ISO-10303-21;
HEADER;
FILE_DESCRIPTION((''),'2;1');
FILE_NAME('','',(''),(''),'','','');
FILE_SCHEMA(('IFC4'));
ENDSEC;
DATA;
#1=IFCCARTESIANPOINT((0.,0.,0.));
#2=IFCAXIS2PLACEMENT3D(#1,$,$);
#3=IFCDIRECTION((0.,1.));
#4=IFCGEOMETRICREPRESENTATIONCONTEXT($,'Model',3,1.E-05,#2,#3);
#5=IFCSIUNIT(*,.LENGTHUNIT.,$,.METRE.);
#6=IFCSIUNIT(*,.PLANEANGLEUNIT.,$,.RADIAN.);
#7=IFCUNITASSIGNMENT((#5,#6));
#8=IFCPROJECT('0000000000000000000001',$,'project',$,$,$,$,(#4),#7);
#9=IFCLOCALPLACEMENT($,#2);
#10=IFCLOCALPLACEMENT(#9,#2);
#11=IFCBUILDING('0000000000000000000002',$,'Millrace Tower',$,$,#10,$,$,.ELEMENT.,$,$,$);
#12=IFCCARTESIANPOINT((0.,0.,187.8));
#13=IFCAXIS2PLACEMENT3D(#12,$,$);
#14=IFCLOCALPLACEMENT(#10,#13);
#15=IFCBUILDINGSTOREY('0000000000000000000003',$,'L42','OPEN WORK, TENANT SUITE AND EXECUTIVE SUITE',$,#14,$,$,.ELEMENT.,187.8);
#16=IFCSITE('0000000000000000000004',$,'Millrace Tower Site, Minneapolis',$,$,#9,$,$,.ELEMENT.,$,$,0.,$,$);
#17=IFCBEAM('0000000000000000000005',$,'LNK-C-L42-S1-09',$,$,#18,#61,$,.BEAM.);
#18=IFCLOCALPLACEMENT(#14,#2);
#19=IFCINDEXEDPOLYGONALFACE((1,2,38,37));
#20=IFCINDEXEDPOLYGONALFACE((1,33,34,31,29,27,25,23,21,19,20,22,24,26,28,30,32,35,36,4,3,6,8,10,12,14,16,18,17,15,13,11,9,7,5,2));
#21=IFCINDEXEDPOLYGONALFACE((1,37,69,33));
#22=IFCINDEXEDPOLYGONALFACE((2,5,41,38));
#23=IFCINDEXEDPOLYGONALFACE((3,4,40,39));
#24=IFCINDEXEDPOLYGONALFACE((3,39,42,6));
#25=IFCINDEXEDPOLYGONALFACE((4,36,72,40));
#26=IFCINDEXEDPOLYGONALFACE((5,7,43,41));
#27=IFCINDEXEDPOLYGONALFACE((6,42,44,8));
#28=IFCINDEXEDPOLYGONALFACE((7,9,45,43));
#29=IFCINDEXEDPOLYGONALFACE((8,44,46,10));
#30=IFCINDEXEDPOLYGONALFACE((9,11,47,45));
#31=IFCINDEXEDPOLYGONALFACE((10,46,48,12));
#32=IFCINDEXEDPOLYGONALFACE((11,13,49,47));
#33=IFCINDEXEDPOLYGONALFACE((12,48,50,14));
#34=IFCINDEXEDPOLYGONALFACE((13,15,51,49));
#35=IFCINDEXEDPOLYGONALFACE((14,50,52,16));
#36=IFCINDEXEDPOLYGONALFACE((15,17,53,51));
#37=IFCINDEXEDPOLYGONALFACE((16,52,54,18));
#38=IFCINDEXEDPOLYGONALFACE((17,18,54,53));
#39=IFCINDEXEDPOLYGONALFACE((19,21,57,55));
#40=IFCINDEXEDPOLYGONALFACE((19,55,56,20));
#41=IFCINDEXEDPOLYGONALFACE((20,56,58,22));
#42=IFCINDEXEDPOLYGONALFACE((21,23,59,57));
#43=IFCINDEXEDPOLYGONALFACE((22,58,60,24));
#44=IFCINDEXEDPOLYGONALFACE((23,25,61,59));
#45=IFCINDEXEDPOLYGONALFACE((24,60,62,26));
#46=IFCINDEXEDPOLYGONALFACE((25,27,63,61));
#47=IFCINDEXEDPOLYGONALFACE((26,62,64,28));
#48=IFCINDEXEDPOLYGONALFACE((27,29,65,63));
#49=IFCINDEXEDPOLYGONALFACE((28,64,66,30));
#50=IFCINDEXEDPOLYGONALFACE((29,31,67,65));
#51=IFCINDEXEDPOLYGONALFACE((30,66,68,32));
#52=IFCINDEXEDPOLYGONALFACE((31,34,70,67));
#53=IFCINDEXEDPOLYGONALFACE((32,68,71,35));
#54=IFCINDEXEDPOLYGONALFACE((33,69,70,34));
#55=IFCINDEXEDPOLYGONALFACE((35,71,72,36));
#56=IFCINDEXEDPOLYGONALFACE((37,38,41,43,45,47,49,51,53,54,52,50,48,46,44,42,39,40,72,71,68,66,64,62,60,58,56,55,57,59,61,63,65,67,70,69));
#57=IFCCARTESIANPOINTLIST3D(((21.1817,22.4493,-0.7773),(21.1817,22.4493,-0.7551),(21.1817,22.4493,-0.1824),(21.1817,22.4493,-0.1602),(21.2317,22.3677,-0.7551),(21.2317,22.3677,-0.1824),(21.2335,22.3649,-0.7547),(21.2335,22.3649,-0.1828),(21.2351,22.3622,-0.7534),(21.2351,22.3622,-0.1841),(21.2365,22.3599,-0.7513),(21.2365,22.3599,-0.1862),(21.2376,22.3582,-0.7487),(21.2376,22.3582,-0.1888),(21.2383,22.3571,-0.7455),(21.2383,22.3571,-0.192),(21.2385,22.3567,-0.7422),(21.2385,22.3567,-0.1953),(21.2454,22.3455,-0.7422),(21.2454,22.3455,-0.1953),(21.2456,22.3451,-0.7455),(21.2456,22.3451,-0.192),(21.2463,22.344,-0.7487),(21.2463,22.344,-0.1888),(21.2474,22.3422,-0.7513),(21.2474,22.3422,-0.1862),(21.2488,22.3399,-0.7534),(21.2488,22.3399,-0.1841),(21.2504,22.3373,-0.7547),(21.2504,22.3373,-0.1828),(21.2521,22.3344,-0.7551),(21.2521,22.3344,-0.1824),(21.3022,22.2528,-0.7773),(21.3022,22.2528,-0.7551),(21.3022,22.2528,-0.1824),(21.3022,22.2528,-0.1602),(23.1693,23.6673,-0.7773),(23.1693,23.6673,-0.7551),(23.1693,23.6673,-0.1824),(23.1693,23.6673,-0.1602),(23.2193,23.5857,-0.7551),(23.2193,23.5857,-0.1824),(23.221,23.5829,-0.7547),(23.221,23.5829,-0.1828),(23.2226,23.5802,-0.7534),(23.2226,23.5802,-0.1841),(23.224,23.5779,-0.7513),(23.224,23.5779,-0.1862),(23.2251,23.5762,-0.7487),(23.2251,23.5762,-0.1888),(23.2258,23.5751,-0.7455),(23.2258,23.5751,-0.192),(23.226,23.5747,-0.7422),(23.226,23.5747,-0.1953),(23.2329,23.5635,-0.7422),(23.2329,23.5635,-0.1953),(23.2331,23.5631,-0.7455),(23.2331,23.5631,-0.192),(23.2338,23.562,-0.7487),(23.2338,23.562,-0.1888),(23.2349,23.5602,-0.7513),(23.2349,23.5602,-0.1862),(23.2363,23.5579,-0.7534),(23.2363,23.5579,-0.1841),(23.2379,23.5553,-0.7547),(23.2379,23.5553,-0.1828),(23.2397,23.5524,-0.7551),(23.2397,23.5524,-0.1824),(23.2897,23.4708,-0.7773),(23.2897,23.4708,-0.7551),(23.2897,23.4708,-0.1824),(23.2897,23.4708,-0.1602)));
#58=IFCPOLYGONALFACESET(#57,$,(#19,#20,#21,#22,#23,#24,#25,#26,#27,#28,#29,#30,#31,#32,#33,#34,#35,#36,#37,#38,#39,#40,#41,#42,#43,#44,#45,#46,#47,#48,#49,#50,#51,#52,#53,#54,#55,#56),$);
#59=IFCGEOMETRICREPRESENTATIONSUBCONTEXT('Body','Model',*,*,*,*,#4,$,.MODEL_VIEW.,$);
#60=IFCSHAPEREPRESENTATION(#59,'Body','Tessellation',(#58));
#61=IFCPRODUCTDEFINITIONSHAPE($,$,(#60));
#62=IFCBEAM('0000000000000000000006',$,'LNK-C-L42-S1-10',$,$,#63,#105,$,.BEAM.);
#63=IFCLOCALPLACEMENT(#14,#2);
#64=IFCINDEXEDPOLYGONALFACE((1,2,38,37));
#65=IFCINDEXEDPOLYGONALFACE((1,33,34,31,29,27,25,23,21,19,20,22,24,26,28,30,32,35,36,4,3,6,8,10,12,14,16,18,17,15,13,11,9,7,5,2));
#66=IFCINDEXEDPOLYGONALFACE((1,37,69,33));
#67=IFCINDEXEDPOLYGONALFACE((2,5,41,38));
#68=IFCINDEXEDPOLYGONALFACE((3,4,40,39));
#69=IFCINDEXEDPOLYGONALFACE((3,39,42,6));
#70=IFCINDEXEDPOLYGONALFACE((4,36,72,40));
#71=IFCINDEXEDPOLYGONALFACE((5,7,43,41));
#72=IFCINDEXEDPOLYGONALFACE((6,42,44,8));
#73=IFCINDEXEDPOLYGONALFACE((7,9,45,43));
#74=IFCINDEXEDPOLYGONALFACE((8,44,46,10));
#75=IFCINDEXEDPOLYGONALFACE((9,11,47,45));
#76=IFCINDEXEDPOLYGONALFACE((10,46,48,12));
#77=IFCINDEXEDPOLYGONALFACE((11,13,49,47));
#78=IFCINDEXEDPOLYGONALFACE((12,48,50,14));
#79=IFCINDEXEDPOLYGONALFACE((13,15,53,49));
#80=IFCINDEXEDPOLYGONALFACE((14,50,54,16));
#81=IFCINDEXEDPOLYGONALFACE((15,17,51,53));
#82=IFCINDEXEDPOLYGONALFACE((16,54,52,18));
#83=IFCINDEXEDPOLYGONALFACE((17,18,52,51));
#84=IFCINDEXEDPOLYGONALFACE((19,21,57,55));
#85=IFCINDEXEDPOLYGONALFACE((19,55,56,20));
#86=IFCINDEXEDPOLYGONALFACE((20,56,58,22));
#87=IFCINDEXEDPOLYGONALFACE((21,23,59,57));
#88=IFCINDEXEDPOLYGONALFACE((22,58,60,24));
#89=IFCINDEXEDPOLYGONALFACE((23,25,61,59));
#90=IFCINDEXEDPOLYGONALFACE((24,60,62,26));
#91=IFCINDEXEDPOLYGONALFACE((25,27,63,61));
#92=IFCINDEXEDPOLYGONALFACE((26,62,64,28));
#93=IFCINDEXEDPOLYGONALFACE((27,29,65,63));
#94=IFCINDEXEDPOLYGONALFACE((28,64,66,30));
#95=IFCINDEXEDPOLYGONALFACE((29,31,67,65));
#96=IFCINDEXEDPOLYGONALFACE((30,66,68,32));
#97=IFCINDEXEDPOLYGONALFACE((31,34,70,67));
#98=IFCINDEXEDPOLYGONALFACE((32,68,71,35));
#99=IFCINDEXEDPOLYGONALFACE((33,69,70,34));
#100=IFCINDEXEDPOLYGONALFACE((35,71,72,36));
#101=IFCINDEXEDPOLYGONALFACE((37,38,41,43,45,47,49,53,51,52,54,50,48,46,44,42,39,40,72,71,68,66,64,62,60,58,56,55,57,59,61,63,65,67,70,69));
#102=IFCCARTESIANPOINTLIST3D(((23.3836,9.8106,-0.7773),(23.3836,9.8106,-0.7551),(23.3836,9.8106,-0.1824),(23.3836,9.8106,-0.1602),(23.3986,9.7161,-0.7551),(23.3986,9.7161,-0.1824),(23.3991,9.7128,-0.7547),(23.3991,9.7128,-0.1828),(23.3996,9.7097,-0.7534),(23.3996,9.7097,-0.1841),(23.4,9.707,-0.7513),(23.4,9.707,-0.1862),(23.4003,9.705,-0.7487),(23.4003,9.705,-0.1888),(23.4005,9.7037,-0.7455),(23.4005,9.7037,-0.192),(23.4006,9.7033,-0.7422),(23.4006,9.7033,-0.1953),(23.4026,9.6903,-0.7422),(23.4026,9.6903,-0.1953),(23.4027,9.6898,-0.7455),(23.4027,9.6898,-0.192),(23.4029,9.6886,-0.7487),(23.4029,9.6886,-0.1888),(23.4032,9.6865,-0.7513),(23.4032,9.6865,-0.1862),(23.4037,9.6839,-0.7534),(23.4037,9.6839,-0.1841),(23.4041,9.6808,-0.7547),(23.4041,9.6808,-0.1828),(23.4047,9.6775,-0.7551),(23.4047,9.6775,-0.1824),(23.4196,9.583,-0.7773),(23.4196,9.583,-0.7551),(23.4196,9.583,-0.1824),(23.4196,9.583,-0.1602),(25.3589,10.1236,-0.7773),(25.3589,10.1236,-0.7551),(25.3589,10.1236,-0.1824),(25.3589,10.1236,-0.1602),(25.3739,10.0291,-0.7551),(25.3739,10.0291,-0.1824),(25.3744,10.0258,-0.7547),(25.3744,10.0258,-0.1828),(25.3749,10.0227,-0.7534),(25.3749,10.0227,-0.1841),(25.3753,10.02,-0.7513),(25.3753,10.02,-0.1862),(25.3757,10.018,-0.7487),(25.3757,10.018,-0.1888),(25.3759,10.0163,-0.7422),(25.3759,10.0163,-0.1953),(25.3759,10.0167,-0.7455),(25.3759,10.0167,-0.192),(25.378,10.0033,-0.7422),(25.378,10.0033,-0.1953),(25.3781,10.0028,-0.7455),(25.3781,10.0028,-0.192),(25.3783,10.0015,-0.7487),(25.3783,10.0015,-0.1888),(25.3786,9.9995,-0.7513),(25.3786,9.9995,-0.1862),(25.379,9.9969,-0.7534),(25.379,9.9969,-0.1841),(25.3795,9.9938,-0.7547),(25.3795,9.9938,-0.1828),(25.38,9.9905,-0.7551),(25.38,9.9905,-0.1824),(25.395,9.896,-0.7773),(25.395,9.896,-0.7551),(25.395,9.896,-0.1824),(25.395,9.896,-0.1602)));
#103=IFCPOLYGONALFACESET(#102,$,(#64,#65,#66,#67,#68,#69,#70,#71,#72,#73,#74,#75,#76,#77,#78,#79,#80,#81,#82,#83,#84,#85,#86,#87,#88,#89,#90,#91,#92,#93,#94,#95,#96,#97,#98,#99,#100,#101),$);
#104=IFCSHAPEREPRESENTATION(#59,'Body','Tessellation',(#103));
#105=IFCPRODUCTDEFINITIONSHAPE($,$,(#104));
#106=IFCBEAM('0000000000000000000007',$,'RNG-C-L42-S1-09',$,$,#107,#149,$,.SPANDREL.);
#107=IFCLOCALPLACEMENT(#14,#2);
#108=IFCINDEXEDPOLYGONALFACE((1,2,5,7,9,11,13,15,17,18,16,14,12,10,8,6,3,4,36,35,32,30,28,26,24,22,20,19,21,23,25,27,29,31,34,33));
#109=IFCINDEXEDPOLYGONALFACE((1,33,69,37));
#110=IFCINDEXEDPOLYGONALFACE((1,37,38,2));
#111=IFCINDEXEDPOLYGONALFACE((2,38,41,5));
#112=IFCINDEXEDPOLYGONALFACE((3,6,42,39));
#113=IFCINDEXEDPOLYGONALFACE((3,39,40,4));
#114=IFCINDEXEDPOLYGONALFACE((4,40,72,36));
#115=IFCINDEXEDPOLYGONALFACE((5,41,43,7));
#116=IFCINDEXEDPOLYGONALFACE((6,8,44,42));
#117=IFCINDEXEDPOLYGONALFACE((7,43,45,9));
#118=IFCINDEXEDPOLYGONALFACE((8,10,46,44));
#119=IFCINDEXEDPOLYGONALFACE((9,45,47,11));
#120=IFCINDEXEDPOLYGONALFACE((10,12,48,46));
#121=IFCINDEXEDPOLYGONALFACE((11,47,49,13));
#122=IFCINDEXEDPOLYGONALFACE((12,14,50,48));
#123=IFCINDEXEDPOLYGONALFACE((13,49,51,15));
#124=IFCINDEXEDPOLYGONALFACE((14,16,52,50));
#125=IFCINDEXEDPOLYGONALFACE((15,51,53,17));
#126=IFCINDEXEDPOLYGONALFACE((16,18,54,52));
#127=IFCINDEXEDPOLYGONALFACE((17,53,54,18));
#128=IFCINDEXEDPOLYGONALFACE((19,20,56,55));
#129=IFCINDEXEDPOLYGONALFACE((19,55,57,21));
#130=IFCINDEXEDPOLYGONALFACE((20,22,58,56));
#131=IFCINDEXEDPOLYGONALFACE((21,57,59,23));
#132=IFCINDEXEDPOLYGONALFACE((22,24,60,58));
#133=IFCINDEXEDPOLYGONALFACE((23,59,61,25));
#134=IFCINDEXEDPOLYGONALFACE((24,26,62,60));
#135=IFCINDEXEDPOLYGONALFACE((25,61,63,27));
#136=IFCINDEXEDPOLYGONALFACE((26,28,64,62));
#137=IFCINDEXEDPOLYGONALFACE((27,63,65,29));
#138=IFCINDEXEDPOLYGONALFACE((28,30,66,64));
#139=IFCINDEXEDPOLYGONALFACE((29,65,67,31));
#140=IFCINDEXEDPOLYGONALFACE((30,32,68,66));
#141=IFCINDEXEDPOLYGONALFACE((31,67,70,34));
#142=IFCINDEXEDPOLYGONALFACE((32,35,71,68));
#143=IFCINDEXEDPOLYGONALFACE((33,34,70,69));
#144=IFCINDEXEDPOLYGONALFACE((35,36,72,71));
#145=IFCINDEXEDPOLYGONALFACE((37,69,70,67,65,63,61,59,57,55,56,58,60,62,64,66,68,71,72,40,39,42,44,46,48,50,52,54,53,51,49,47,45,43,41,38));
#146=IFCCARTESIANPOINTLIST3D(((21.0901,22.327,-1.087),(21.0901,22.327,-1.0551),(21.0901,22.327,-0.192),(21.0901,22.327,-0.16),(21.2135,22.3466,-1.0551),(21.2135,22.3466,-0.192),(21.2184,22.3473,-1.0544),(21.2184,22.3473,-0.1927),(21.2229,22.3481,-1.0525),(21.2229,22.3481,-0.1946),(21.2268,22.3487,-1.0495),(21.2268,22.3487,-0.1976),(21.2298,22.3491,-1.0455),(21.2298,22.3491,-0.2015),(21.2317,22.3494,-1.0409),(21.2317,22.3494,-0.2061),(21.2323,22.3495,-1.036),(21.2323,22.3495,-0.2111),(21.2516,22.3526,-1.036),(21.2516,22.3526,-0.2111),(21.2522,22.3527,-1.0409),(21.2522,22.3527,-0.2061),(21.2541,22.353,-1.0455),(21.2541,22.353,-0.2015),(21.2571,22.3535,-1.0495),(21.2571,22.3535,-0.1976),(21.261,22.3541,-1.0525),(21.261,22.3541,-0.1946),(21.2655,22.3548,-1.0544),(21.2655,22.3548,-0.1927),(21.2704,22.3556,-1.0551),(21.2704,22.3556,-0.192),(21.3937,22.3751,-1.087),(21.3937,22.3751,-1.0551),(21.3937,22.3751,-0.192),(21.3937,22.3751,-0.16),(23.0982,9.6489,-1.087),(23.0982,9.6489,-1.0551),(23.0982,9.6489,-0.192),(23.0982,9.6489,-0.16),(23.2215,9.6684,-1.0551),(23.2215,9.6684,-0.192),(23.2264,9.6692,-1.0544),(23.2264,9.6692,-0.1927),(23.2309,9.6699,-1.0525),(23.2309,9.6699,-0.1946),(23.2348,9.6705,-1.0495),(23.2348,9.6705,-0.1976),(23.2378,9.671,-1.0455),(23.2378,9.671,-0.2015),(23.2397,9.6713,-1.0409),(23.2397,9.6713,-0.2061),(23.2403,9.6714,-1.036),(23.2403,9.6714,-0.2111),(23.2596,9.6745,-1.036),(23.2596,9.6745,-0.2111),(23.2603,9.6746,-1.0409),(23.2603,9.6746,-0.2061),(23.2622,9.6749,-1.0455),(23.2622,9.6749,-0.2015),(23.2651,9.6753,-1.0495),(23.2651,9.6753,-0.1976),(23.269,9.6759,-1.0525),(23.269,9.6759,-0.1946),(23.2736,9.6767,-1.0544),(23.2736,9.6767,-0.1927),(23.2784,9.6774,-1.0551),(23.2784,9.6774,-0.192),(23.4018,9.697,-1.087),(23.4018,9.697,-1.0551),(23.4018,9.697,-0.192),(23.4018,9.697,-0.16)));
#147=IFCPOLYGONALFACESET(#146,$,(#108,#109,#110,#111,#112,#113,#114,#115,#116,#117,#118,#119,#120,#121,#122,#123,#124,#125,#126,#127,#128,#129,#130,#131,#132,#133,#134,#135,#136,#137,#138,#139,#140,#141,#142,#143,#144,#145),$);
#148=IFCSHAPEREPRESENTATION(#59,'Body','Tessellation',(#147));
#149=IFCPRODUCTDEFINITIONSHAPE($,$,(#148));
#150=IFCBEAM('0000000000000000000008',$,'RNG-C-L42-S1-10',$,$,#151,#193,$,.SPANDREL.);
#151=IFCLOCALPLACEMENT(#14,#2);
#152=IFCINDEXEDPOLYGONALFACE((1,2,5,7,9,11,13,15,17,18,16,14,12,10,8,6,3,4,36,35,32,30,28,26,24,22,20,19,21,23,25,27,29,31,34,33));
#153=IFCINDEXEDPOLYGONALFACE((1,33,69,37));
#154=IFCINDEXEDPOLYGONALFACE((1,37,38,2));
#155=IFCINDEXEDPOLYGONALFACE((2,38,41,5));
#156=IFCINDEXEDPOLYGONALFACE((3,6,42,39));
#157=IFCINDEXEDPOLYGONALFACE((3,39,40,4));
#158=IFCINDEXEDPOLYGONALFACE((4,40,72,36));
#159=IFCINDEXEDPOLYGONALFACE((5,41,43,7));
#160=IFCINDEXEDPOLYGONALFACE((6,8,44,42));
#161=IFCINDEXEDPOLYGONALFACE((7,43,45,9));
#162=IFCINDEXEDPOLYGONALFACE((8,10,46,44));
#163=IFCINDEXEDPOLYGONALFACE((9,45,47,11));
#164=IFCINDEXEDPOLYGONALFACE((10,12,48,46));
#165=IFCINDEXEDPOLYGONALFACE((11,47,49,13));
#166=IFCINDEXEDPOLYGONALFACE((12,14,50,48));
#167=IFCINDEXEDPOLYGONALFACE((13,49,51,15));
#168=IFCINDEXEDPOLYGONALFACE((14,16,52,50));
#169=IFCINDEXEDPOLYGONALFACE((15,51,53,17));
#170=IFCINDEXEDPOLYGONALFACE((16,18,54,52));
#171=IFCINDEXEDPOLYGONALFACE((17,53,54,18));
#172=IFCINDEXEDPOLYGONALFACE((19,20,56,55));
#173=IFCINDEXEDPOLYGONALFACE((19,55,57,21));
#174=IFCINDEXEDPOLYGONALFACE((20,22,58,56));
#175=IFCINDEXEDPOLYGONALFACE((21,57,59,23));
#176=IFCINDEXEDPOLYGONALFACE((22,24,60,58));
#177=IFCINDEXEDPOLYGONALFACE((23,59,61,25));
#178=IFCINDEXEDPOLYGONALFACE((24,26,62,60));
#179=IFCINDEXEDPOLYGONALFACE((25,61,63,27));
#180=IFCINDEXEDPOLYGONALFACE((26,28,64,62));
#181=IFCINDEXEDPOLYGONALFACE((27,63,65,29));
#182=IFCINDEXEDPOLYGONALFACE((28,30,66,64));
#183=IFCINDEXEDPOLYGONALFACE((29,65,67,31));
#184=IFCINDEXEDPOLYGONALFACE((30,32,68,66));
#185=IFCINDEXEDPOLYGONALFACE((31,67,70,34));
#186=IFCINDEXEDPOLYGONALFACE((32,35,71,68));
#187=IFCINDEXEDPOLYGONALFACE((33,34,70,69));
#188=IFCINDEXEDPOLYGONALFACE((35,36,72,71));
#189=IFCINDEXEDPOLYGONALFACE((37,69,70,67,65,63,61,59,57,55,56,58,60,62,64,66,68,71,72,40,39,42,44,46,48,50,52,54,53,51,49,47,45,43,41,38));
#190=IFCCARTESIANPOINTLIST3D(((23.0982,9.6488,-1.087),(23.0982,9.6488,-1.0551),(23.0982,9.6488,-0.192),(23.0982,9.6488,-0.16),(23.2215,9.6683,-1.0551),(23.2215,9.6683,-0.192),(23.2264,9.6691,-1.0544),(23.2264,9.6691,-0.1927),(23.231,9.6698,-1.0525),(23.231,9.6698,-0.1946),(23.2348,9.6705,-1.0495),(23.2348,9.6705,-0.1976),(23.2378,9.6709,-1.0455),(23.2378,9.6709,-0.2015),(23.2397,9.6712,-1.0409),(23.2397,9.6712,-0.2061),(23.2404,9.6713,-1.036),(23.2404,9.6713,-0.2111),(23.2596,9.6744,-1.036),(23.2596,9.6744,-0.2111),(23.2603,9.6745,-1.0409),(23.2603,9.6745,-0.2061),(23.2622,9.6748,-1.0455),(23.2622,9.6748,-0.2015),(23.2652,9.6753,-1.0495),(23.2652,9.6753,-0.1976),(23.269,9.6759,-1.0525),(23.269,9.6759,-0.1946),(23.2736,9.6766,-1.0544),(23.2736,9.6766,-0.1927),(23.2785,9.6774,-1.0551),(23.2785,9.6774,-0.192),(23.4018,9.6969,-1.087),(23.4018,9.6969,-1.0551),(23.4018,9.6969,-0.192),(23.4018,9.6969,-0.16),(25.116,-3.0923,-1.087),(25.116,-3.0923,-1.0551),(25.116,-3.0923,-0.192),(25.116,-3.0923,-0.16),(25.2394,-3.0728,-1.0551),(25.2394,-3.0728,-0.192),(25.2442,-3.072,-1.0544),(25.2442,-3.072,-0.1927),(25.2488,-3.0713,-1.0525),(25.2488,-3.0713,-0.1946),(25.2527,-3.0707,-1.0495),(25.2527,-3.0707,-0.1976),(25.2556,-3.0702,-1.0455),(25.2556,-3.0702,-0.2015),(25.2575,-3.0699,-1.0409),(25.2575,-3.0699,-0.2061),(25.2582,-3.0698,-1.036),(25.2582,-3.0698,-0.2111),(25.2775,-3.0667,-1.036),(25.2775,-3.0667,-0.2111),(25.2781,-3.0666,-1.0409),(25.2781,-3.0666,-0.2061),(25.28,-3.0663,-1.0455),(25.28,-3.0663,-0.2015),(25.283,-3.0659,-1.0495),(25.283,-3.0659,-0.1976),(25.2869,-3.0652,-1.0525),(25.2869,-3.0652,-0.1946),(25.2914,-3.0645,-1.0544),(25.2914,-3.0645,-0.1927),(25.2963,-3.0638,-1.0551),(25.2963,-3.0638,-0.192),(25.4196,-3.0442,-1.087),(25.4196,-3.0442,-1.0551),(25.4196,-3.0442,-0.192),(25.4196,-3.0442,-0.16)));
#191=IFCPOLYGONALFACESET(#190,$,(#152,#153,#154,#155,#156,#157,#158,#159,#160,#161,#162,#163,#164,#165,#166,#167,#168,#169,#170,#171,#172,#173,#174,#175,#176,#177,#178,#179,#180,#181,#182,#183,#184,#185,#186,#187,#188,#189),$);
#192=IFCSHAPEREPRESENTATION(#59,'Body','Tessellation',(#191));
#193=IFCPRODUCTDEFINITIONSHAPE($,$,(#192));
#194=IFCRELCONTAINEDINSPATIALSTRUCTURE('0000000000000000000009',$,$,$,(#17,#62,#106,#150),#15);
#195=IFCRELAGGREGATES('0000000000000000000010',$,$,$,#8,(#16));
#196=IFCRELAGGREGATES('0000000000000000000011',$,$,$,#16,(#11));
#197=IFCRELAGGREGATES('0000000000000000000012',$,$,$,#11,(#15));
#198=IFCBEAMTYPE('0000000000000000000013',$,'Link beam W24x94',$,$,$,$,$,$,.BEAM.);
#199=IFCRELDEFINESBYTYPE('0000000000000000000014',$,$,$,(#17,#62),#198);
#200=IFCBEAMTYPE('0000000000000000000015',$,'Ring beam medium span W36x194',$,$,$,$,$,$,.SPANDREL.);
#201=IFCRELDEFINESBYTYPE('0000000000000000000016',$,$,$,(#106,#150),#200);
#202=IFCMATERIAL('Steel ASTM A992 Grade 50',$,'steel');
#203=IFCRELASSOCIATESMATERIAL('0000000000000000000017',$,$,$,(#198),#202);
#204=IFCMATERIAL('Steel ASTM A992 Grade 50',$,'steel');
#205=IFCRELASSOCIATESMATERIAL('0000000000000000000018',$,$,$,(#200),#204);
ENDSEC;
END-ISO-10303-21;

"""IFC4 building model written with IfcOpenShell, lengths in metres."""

from ifc_helpers import new_model, si_unit, direction, frame, origin, origin_2d, place, context, subcontext, project, spatial, i_section, extrude, material, material_profile, profile_set, type_object, element, save


model = new_model("IFC4")

# Units and contexts
model_context = context("Model", 3, precision=1e-05, world=origin(), true_north=direction((0.0, 1.0)))
body_context = subcontext(model_context, "Body", "Model", "MODEL_VIEW")
ifc_project = project(units=[si_unit("LENGTHUNIT", "METRE"), si_unit("PLANEANGLEUNIT", "RADIAN")], contexts=[model_context])

# Site, building, storey
site_placement = place(None, origin())
site = spatial("IfcSite", under=ifc_project, at=site_placement, Name="Millrace Tower Site, Minneapolis", CompositionType="ELEMENT", RefElevation=0.0)
building_placement = place(site_placement, origin())
building = spatial("IfcBuilding", under=site, at=building_placement, Name="Millrace Tower", CompositionType="ELEMENT")
storey_placement = place(building_placement, frame((0.0, 0.0, 187.8)))
storey = spatial("IfcBuildingStorey", under=building, at=storey_placement, Name="L42", Description="OPEN WORK, TENANT SUITE AND EXECUTIVE SUITE", CompositionType="ELEMENT", Elevation=187.8)

# Beams
ifc_material_1 = material(Name="Steel ASTM A992 Grade 50", Category="steel")
ifc_material_profile_1 = material_profile(ifc_material_1, i_section(OverallWidth=0.2305, OverallDepth=0.6172, WebThickness=0.0132, FlangeThickness=0.0222, FilletRadius=0.0129, at=origin_2d()))
ifc_profile_set_1 = profile_set([ifc_material_profile_1], Name="Steel ASTM A992 Grade 50")
beam_type_1 = type_object("IfcBeamType", Name="Link beam W24x94", PredefinedType="BEAM", material=ifc_profile_set_1)
beam_1_placement = place(storey_placement, frame((21.2419, 22.3511, -0.4688), z_axis=(0.852631, 0.522513, 0.0), x_axis=(-0.522513, 0.852631, 0.0)))
element("IfcBeam", 1, at=beam_1_placement, inside=storey, type_object=beam_type_1, Name="LNK-C-L42-S1-09", PredefinedType="BEAM", context=body_context, shape_type="SweptSolid", body=[
    extrude(i_section(OverallWidth=0.2305, OverallDepth=0.6172, WebThickness=0.0132, FlangeThickness=0.0222, FilletRadius=0.0129, at=origin_2d()), origin(), (0.0, 0.0, 1.0), 2.3311),
])
beam_2_placement = place(storey_placement, frame((23.4016, 9.6968, -0.4688), z_axis=(0.987679, 0.156495, 0.0), x_axis=(-0.156495, 0.987679, 0.0)))
element("IfcBeam", 2, at=beam_2_placement, inside=storey, type_object=beam_type_1, Name="LNK-C-L42-S1-10", PredefinedType="BEAM", context=body_context, shape_type="SweptSolid", body=[
    extrude(i_section(OverallWidth=0.2305, OverallDepth=0.6172, WebThickness=0.0132, FlangeThickness=0.0222, FilletRadius=0.0129, at=origin_2d()), origin(), (0.0, 0.0, 1.0), 2.0),
])
ifc_material_2 = material(Name="Steel ASTM A992 Grade 50", Category="steel")
ifc_material_profile_2 = material_profile(ifc_material_2, i_section(OverallWidth=0.3074, OverallDepth=0.927, WebThickness=0.0195, FlangeThickness=0.032, FilletRadius=0.019, at=origin_2d()))
ifc_profile_set_2 = profile_set([ifc_material_profile_2], Name="Steel ASTM A992 Grade 50")
beam_type_2 = type_object("IfcBeamType", Name="Ring beam medium span W36x194", PredefinedType="SPANDREL", material=ifc_profile_set_2)
beam_3_placement = place(storey_placement, frame((21.2419, 22.3511, -0.6235), z_axis=(0.156436, -0.987688, 0.0), x_axis=(0.987688, 0.156436, 0.0)))
element("IfcBeam", 3, at=beam_3_placement, inside=storey, type_object=beam_type_2, Name="RNG-C-L42-S1-09", PredefinedType="SPANDREL", context=body_context, shape_type="SweptSolid", body=[
    extrude(i_section(OverallWidth=0.3074, OverallDepth=0.927, WebThickness=0.0195, FlangeThickness=0.032, FilletRadius=0.019, at=origin_2d()), origin(), (0.0, 0.0, 1.0), 12.8362),
])
beam_4_placement = place(storey_placement, frame((23.25, 9.6729, -0.6235), z_axis=(0.15642, -0.987691, 0.0), x_axis=(0.987691, 0.15642, 0.0)))
element("IfcBeam", 4, at=beam_4_placement, inside=storey, type_object=beam_type_2, Name="RNG-C-L42-S1-10", PredefinedType="SPANDREL", context=body_context, shape_type="SweptSolid", body=[
    extrude(i_section(OverallWidth=0.3074, OverallDepth=0.927, WebThickness=0.0195, FlangeThickness=0.032, FilletRadius=0.019, at=origin_2d()), origin(), (0.0, 0.0, 1.0), 12.8999),
])

save(model, "model.ifc")
